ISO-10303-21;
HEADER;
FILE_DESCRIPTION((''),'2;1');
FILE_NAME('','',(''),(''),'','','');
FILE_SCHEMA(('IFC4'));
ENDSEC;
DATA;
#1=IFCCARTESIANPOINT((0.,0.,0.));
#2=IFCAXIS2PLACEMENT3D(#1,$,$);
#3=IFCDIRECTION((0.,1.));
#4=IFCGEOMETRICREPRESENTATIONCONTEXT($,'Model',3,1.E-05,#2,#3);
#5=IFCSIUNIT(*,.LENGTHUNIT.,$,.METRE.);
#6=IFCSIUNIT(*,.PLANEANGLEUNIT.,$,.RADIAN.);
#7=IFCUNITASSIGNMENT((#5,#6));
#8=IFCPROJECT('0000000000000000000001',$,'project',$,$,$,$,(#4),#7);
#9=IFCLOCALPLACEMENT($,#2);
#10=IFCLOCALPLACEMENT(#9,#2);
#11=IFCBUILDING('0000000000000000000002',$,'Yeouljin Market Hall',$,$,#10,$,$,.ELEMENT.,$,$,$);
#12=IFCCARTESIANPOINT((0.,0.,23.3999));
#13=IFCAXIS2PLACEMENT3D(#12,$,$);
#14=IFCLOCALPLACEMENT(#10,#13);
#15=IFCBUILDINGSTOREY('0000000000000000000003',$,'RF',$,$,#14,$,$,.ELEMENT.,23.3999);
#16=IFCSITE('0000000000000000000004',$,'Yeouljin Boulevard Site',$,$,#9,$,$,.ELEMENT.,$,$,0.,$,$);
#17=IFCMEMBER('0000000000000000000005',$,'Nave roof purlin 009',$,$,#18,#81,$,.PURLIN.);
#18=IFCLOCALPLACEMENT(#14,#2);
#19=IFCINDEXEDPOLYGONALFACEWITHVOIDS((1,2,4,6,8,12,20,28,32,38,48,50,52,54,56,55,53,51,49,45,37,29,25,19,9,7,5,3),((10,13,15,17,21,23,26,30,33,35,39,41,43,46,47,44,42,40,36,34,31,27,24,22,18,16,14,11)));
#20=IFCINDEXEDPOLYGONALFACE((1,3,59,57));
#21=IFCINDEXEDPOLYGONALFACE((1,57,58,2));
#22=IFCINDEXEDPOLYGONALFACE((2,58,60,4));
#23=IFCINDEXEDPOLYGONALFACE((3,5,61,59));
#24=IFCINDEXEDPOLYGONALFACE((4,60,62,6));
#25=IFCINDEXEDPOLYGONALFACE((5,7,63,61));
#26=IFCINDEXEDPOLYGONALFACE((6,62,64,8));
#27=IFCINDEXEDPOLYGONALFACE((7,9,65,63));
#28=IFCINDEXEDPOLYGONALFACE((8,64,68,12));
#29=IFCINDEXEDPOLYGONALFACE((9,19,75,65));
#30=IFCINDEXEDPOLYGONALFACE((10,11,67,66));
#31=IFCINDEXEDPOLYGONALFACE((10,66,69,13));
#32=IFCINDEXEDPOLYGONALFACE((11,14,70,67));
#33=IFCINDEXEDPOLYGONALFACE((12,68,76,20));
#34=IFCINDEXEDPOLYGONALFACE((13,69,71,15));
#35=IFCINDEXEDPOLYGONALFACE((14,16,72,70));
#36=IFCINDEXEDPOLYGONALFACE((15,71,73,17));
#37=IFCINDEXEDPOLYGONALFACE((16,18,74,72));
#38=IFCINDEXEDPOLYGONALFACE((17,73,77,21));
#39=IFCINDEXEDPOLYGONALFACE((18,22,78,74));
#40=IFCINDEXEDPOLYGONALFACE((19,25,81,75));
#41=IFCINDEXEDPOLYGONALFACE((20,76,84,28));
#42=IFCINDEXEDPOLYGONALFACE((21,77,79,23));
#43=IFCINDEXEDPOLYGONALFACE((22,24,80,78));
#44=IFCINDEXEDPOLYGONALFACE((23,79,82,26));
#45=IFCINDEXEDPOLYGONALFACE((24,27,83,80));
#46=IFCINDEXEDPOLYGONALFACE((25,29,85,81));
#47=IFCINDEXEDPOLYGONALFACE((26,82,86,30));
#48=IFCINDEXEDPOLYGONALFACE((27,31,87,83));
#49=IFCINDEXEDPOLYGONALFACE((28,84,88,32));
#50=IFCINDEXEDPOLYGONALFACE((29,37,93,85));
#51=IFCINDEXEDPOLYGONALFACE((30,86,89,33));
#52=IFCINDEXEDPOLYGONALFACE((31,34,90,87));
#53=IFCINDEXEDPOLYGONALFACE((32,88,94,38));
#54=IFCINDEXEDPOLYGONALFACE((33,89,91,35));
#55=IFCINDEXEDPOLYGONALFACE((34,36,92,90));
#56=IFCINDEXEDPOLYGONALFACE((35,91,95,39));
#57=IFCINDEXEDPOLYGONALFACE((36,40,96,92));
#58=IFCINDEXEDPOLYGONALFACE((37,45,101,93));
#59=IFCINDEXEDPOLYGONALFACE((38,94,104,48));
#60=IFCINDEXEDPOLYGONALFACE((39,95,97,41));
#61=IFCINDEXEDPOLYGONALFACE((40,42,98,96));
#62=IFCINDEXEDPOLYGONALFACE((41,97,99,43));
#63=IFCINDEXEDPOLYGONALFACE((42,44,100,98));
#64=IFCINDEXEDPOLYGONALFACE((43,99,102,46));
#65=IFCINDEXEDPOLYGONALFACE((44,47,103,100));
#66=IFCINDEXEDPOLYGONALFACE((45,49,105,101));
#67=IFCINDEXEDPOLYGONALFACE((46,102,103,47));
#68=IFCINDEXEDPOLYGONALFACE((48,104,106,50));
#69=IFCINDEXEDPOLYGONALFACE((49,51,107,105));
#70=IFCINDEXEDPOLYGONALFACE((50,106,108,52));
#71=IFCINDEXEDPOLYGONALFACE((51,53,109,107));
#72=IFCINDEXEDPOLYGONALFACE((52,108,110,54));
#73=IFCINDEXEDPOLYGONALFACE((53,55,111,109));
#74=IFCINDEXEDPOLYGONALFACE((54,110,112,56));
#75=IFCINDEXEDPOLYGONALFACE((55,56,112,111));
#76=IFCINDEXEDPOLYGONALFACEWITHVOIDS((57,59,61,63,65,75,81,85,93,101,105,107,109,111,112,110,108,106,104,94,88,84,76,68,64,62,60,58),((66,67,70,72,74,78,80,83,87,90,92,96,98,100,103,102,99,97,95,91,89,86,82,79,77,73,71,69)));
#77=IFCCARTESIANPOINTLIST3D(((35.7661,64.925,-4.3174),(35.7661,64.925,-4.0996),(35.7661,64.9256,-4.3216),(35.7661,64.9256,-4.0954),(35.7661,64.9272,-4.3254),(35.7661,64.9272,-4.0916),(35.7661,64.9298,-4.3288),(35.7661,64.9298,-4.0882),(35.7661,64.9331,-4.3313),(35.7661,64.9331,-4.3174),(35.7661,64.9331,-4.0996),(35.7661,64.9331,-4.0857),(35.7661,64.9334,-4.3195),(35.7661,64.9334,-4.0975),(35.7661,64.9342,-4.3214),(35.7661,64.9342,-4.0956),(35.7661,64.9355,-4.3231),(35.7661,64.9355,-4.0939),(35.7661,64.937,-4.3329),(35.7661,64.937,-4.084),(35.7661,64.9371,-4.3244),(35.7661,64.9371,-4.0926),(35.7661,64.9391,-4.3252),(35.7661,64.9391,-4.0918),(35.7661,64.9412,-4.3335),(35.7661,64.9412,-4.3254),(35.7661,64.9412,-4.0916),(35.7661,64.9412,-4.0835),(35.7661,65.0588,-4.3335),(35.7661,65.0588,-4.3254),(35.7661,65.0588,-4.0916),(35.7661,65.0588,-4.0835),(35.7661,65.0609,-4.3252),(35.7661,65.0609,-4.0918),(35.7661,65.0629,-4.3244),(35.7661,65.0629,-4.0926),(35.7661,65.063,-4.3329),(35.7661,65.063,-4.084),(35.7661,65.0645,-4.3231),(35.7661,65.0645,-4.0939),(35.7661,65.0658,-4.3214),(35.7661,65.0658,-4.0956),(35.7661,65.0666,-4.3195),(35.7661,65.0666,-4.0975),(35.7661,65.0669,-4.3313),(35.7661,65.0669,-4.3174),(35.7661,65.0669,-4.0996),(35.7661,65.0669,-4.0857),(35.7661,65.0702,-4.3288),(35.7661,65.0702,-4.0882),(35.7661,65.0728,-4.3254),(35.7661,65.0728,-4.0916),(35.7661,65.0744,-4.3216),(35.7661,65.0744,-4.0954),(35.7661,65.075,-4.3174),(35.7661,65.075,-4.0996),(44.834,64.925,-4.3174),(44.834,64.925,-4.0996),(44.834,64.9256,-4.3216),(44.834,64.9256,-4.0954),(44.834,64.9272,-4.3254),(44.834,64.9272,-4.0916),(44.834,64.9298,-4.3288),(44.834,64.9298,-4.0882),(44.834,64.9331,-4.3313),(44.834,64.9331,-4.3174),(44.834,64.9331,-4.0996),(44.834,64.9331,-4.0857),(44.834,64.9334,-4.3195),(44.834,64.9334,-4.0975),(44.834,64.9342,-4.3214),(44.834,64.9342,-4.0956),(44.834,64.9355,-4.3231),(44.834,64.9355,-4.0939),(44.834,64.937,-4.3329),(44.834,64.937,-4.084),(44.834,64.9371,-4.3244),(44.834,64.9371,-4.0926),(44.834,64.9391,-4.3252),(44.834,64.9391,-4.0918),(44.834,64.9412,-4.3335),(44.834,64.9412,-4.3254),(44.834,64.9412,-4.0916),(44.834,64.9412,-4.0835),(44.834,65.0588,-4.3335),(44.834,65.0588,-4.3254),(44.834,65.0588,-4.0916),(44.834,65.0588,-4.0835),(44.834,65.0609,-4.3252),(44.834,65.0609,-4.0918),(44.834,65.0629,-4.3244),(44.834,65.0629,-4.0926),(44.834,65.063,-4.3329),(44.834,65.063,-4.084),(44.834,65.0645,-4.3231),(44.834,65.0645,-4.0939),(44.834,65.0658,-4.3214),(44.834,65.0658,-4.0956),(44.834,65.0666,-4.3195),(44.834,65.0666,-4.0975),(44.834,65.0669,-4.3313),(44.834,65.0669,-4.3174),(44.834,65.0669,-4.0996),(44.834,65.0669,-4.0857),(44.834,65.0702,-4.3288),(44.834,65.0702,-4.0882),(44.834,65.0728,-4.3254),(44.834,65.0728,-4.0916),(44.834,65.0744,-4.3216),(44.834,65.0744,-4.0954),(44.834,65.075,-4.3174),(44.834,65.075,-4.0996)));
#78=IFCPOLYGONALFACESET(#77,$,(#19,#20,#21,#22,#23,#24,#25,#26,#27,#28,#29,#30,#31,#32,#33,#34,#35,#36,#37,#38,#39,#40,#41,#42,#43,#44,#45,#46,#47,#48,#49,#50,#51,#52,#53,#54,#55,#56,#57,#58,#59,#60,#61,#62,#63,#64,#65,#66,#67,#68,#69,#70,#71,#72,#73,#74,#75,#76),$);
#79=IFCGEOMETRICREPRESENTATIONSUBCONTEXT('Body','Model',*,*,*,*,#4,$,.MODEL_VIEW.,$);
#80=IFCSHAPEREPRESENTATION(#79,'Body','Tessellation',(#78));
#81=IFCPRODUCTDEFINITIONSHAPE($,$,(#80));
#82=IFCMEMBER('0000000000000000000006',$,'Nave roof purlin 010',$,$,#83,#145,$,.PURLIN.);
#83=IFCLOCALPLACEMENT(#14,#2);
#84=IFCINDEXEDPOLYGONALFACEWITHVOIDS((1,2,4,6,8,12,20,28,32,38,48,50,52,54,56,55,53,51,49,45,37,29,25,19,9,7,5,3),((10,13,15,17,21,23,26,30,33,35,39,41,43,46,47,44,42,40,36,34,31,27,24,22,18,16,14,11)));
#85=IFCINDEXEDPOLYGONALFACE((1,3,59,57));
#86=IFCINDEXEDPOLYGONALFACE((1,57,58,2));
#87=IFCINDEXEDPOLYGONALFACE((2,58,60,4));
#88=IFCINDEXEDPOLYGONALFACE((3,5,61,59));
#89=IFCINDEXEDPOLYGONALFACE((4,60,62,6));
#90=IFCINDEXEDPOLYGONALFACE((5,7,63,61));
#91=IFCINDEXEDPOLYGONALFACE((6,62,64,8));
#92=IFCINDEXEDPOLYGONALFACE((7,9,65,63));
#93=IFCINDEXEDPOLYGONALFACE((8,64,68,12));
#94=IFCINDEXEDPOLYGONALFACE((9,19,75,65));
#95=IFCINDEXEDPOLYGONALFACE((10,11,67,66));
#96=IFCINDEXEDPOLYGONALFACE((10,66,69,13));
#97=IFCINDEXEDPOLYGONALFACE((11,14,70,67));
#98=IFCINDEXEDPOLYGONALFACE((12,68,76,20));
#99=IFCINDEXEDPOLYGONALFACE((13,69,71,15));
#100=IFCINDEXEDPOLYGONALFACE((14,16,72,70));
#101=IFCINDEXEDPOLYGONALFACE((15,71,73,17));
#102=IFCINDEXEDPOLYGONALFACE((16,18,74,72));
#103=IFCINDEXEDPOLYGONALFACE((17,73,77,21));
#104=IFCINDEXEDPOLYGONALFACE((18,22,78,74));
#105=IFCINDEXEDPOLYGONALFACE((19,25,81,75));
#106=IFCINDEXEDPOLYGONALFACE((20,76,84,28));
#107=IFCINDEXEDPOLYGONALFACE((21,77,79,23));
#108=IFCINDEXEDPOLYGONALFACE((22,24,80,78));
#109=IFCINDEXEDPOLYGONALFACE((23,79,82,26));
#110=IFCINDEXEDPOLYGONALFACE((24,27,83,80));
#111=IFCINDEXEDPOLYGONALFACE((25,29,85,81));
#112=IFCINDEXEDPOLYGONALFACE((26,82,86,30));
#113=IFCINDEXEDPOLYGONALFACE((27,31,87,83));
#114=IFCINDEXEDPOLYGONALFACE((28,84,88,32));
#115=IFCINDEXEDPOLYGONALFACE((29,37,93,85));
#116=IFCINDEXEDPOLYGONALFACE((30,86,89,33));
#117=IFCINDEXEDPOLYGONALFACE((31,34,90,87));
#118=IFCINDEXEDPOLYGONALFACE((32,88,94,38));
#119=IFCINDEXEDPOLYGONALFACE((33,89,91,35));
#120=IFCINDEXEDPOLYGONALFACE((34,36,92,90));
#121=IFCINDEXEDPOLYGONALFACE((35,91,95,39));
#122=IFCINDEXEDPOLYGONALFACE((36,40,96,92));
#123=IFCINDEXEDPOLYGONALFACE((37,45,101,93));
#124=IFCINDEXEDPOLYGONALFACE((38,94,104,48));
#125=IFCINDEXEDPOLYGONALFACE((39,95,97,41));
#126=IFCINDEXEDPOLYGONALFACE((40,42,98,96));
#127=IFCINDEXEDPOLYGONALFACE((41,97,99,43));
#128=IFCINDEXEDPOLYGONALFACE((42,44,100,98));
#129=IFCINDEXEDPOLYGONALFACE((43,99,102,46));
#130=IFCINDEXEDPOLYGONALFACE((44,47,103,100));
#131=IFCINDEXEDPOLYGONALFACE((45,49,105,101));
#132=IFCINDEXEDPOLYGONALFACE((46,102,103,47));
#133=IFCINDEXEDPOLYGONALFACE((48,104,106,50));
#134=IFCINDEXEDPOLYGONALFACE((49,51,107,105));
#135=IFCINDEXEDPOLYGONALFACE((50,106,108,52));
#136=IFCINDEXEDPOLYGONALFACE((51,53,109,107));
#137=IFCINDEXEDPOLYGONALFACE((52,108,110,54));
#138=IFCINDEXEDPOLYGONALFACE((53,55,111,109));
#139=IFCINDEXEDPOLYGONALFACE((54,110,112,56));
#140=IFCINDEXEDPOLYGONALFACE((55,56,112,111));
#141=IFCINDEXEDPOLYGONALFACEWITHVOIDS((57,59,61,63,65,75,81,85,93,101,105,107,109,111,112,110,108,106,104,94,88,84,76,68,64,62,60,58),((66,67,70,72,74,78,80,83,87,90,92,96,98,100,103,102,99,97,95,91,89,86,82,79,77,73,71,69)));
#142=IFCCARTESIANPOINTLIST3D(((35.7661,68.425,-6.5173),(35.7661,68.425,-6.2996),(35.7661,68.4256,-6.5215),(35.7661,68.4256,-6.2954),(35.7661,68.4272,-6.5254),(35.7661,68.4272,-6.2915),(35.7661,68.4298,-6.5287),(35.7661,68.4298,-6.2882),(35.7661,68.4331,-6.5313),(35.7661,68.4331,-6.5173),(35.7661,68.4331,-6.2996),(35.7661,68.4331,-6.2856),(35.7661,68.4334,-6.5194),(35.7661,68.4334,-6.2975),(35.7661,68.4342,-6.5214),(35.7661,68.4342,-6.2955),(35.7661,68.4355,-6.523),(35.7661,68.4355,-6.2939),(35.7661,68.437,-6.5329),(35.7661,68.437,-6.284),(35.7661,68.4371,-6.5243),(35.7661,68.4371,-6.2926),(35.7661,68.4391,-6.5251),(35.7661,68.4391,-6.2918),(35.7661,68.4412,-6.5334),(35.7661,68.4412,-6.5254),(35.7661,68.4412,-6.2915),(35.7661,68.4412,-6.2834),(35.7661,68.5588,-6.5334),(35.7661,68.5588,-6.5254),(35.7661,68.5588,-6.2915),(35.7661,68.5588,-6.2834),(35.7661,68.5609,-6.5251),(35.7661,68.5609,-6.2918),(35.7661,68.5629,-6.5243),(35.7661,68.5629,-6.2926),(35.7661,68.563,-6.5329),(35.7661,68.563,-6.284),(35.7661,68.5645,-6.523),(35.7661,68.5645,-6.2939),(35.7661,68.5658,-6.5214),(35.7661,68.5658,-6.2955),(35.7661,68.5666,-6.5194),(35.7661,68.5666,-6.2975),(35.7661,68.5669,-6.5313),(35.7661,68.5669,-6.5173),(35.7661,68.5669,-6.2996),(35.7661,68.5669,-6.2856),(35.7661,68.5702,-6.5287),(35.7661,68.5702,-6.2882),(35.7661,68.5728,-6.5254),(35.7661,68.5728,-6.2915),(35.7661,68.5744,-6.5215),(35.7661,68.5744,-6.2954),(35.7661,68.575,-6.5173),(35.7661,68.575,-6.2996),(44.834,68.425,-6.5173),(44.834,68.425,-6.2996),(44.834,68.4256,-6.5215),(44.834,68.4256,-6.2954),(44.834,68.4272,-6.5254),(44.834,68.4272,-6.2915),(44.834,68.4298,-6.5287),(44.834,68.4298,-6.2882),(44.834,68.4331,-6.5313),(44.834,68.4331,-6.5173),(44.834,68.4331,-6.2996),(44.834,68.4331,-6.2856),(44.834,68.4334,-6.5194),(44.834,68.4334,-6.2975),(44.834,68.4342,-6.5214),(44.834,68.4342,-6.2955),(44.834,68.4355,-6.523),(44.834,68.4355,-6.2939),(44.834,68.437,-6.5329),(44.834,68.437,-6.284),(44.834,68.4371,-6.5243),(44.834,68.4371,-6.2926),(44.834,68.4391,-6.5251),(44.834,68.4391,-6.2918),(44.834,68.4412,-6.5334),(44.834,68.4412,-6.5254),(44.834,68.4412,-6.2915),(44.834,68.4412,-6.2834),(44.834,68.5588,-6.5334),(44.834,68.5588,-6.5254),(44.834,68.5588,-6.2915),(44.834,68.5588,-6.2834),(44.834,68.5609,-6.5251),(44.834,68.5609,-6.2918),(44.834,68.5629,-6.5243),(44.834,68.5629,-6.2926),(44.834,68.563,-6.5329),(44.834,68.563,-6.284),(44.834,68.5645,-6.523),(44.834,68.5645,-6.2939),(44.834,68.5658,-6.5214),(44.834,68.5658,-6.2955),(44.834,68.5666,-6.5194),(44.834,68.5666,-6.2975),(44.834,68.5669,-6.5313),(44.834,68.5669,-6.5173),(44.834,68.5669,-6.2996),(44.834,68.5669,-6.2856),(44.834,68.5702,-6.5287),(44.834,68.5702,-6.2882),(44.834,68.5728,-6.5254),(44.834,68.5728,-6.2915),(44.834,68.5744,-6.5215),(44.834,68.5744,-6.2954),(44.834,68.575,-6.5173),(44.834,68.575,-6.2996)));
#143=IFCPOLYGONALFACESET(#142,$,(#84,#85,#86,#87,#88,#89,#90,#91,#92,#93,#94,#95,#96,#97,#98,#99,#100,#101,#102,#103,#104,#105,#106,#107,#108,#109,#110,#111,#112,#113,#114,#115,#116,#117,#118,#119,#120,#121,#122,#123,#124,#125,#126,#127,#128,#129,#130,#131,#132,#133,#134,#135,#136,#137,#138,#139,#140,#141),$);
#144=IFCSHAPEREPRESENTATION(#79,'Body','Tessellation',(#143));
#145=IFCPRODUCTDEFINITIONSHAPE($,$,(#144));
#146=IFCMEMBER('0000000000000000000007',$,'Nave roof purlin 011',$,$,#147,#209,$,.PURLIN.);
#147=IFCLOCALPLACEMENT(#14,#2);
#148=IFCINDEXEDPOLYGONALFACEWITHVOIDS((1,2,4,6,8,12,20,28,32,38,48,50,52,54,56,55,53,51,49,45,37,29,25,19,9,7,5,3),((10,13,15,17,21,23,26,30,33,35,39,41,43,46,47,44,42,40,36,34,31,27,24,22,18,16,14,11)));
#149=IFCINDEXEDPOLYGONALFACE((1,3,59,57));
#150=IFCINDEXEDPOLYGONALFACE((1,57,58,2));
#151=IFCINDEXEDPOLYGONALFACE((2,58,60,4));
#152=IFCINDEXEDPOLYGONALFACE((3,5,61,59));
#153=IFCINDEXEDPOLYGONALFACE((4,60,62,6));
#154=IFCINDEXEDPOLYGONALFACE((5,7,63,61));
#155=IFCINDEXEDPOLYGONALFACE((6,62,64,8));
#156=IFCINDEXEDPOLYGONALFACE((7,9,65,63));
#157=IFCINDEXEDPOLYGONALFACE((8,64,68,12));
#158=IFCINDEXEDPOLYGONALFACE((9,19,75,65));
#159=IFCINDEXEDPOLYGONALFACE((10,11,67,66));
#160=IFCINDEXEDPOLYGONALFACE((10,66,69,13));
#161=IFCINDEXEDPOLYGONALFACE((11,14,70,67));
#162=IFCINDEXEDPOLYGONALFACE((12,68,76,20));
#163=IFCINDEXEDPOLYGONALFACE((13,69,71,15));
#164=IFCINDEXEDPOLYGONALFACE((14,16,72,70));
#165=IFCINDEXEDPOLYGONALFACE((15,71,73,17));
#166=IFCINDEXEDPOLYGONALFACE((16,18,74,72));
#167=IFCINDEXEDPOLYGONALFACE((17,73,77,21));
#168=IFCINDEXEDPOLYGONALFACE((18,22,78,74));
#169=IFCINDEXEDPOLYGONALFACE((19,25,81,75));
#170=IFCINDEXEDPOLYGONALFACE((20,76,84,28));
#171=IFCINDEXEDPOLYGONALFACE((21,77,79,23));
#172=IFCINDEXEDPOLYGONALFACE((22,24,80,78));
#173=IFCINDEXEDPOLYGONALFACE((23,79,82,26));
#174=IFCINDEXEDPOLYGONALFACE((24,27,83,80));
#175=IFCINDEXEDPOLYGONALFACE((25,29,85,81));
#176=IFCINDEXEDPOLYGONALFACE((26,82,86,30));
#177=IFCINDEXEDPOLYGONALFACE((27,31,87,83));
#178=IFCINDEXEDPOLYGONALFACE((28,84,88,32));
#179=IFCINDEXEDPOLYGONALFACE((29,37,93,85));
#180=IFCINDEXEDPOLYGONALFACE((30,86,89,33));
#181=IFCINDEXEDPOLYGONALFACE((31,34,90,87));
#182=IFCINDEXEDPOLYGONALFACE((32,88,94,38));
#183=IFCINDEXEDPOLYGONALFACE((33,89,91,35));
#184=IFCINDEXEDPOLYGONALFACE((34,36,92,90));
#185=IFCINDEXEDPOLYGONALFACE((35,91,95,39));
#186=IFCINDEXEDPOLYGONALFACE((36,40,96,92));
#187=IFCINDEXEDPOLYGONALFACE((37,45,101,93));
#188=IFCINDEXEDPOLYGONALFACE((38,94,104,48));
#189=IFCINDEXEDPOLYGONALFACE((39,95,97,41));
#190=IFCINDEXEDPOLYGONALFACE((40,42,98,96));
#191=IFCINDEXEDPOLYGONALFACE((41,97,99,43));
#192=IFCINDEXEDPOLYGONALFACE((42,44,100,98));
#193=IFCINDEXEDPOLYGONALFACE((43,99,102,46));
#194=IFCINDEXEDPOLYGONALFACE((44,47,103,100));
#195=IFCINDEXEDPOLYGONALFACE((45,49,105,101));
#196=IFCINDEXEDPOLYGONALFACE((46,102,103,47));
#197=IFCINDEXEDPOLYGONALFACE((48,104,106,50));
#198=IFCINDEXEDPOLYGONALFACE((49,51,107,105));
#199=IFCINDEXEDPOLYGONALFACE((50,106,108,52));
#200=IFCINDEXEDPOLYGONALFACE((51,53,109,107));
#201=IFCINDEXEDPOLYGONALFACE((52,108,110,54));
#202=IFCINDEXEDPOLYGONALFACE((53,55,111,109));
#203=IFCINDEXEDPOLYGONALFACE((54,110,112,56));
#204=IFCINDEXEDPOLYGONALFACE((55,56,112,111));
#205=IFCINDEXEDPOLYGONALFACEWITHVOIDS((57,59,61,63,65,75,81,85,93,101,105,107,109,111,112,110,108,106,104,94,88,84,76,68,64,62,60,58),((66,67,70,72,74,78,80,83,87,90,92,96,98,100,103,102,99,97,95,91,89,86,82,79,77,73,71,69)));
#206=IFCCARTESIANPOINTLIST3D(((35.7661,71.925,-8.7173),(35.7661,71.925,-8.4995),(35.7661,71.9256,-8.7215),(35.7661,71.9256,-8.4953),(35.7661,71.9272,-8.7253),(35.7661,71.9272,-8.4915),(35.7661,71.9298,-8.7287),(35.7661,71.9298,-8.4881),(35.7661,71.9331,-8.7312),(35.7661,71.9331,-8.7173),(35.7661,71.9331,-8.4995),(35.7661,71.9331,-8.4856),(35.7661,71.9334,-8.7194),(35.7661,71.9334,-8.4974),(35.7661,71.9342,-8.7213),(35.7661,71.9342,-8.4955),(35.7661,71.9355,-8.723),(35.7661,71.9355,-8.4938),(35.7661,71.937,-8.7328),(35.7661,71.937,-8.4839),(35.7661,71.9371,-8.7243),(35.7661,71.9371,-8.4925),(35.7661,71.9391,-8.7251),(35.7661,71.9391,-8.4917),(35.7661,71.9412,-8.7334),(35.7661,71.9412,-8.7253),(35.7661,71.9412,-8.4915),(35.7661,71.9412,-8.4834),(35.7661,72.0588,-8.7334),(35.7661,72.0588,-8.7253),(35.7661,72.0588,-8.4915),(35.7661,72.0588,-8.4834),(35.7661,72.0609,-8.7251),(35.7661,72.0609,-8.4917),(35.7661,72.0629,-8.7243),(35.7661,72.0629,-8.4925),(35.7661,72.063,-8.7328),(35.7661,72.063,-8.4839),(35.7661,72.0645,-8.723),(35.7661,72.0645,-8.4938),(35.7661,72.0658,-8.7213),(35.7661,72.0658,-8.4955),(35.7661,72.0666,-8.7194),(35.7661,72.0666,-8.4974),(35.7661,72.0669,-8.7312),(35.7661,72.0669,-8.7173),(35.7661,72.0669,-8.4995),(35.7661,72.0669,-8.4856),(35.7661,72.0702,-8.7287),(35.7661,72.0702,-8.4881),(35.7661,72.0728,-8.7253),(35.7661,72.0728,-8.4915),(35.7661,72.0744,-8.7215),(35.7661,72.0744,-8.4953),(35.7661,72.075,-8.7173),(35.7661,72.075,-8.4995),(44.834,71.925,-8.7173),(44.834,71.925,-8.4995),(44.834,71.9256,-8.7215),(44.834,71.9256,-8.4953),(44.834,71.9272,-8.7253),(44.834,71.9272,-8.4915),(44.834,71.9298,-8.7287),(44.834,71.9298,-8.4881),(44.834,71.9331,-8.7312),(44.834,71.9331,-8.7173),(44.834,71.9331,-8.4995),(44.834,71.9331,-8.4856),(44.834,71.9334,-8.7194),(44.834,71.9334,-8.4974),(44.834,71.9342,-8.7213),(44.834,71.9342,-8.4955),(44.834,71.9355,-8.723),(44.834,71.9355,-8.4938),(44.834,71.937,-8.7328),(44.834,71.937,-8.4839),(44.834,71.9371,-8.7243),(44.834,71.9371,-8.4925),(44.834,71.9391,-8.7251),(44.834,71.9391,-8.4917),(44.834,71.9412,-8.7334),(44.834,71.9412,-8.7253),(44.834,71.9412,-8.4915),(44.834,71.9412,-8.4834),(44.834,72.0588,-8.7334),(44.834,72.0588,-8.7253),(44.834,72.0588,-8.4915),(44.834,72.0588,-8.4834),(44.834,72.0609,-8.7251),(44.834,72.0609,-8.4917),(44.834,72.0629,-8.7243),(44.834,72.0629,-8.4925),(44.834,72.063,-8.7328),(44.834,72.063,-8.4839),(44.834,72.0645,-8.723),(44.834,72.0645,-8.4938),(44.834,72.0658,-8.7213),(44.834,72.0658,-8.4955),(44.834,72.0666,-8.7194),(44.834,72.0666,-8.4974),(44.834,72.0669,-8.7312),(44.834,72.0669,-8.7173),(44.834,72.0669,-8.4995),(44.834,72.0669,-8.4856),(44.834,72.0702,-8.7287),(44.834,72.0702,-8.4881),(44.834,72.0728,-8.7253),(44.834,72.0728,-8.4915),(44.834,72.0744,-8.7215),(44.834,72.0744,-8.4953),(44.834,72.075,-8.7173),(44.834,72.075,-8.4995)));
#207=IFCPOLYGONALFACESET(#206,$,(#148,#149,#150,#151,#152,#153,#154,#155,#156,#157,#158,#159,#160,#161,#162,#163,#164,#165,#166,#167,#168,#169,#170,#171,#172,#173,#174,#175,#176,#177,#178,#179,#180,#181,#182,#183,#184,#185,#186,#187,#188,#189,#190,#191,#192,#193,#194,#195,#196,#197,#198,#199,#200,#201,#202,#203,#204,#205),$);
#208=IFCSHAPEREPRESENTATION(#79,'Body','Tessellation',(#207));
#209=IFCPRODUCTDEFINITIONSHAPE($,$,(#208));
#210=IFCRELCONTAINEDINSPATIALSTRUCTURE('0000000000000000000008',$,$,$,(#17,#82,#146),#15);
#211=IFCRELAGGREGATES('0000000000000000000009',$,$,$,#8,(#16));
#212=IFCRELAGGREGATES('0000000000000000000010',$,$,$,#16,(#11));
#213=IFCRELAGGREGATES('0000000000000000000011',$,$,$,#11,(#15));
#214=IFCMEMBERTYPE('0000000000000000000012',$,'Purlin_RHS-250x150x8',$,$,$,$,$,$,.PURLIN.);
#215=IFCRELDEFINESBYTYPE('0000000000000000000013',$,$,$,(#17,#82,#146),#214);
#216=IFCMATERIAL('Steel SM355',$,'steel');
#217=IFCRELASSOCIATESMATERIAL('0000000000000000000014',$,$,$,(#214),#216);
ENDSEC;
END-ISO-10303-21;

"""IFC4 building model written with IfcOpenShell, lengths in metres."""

from ifc_helpers import new_model, si_unit, direction, frame, origin, origin_2d, place, context, subcontext, project, spatial, hollow_rectangle, extrude, material, material_profile, profile_set, type_object, element, save


model = new_model("IFC4")

# Units and contexts
model_context = context("Model", 3, precision=1e-05, world=origin(), true_north=direction((0.0, 1.0)))
body_context = subcontext(model_context, "Body", "Model", "MODEL_VIEW")
ifc_project = project(units=[si_unit("LENGTHUNIT", "METRE"), si_unit("PLANEANGLEUNIT", "RADIAN")], contexts=[model_context])

# Site, building, storey
site_placement = place(None, origin())
site = spatial("IfcSite", under=ifc_project, at=site_placement, Name="Yeouljin Boulevard Site", CompositionType="ELEMENT", RefElevation=0.0)
building_placement = place(site_placement, origin())
building = spatial("IfcBuilding", under=site, at=building_placement, Name="Yeouljin Market Hall", CompositionType="ELEMENT")
storey_placement = place(building_placement, frame((0.0, 0.0, 23.3999)))
storey = spatial("IfcBuildingStorey", under=building, at=storey_placement, Name="RF", CompositionType="ELEMENT", Elevation=23.3999)

# Members
ifc_material_1 = material(Name="Steel SM355", Category="steel")
ifc_material_profile_1 = material_profile(ifc_material_1, hollow_rectangle(XDim=0.1499, YDim=0.25, WallThickness=0.0081, InnerFilletRadius=0.0081, OuterFilletRadius=0.0161, at=origin_2d()), Name="RHS-250x150x8")
ifc_profile_set_1 = profile_set([ifc_material_profile_1], Name="Steel SM355")
member_type_1 = type_object("IfcMemberType", Name="Purlin_RHS-250x150x8", PredefinedType="PURLIN", material=ifc_profile_set_1)
for number, where, z_axis, x_axis, name in (
    (1, (35.7661, 65.0, -4.2085), (1.0, 0.0, 0.0), (0.0, 1.0, 0.0), "Nave roof purlin 009"),
    (2, (35.7661, 68.5, -6.4084), (1.0, 0.0, 0.0), (0.0, 1.0, 0.0), "Nave roof purlin 010"),
    (3, (35.7661, 72.0, -8.6084), (1.0, 0.0, 0.0), (0.0, 1.0, 0.0), "Nave roof purlin 011"),
):
    element("IfcMember", number, at=place(storey_placement, frame(where, z_axis=z_axis, x_axis=x_axis)), inside=storey, type_object=member_type_1, Name=name, PredefinedType="PURLIN", context=body_context, shape_type="SweptSolid", body=[
        extrude(hollow_rectangle(XDim=0.1499, YDim=0.25, WallThickness=0.0081, InnerFilletRadius=0.0081, OuterFilletRadius=0.0161, at=origin_2d()), origin(), (0.0, 0.0, 1.0), 9.0679),
    ])

save(model, "model.ifc")
